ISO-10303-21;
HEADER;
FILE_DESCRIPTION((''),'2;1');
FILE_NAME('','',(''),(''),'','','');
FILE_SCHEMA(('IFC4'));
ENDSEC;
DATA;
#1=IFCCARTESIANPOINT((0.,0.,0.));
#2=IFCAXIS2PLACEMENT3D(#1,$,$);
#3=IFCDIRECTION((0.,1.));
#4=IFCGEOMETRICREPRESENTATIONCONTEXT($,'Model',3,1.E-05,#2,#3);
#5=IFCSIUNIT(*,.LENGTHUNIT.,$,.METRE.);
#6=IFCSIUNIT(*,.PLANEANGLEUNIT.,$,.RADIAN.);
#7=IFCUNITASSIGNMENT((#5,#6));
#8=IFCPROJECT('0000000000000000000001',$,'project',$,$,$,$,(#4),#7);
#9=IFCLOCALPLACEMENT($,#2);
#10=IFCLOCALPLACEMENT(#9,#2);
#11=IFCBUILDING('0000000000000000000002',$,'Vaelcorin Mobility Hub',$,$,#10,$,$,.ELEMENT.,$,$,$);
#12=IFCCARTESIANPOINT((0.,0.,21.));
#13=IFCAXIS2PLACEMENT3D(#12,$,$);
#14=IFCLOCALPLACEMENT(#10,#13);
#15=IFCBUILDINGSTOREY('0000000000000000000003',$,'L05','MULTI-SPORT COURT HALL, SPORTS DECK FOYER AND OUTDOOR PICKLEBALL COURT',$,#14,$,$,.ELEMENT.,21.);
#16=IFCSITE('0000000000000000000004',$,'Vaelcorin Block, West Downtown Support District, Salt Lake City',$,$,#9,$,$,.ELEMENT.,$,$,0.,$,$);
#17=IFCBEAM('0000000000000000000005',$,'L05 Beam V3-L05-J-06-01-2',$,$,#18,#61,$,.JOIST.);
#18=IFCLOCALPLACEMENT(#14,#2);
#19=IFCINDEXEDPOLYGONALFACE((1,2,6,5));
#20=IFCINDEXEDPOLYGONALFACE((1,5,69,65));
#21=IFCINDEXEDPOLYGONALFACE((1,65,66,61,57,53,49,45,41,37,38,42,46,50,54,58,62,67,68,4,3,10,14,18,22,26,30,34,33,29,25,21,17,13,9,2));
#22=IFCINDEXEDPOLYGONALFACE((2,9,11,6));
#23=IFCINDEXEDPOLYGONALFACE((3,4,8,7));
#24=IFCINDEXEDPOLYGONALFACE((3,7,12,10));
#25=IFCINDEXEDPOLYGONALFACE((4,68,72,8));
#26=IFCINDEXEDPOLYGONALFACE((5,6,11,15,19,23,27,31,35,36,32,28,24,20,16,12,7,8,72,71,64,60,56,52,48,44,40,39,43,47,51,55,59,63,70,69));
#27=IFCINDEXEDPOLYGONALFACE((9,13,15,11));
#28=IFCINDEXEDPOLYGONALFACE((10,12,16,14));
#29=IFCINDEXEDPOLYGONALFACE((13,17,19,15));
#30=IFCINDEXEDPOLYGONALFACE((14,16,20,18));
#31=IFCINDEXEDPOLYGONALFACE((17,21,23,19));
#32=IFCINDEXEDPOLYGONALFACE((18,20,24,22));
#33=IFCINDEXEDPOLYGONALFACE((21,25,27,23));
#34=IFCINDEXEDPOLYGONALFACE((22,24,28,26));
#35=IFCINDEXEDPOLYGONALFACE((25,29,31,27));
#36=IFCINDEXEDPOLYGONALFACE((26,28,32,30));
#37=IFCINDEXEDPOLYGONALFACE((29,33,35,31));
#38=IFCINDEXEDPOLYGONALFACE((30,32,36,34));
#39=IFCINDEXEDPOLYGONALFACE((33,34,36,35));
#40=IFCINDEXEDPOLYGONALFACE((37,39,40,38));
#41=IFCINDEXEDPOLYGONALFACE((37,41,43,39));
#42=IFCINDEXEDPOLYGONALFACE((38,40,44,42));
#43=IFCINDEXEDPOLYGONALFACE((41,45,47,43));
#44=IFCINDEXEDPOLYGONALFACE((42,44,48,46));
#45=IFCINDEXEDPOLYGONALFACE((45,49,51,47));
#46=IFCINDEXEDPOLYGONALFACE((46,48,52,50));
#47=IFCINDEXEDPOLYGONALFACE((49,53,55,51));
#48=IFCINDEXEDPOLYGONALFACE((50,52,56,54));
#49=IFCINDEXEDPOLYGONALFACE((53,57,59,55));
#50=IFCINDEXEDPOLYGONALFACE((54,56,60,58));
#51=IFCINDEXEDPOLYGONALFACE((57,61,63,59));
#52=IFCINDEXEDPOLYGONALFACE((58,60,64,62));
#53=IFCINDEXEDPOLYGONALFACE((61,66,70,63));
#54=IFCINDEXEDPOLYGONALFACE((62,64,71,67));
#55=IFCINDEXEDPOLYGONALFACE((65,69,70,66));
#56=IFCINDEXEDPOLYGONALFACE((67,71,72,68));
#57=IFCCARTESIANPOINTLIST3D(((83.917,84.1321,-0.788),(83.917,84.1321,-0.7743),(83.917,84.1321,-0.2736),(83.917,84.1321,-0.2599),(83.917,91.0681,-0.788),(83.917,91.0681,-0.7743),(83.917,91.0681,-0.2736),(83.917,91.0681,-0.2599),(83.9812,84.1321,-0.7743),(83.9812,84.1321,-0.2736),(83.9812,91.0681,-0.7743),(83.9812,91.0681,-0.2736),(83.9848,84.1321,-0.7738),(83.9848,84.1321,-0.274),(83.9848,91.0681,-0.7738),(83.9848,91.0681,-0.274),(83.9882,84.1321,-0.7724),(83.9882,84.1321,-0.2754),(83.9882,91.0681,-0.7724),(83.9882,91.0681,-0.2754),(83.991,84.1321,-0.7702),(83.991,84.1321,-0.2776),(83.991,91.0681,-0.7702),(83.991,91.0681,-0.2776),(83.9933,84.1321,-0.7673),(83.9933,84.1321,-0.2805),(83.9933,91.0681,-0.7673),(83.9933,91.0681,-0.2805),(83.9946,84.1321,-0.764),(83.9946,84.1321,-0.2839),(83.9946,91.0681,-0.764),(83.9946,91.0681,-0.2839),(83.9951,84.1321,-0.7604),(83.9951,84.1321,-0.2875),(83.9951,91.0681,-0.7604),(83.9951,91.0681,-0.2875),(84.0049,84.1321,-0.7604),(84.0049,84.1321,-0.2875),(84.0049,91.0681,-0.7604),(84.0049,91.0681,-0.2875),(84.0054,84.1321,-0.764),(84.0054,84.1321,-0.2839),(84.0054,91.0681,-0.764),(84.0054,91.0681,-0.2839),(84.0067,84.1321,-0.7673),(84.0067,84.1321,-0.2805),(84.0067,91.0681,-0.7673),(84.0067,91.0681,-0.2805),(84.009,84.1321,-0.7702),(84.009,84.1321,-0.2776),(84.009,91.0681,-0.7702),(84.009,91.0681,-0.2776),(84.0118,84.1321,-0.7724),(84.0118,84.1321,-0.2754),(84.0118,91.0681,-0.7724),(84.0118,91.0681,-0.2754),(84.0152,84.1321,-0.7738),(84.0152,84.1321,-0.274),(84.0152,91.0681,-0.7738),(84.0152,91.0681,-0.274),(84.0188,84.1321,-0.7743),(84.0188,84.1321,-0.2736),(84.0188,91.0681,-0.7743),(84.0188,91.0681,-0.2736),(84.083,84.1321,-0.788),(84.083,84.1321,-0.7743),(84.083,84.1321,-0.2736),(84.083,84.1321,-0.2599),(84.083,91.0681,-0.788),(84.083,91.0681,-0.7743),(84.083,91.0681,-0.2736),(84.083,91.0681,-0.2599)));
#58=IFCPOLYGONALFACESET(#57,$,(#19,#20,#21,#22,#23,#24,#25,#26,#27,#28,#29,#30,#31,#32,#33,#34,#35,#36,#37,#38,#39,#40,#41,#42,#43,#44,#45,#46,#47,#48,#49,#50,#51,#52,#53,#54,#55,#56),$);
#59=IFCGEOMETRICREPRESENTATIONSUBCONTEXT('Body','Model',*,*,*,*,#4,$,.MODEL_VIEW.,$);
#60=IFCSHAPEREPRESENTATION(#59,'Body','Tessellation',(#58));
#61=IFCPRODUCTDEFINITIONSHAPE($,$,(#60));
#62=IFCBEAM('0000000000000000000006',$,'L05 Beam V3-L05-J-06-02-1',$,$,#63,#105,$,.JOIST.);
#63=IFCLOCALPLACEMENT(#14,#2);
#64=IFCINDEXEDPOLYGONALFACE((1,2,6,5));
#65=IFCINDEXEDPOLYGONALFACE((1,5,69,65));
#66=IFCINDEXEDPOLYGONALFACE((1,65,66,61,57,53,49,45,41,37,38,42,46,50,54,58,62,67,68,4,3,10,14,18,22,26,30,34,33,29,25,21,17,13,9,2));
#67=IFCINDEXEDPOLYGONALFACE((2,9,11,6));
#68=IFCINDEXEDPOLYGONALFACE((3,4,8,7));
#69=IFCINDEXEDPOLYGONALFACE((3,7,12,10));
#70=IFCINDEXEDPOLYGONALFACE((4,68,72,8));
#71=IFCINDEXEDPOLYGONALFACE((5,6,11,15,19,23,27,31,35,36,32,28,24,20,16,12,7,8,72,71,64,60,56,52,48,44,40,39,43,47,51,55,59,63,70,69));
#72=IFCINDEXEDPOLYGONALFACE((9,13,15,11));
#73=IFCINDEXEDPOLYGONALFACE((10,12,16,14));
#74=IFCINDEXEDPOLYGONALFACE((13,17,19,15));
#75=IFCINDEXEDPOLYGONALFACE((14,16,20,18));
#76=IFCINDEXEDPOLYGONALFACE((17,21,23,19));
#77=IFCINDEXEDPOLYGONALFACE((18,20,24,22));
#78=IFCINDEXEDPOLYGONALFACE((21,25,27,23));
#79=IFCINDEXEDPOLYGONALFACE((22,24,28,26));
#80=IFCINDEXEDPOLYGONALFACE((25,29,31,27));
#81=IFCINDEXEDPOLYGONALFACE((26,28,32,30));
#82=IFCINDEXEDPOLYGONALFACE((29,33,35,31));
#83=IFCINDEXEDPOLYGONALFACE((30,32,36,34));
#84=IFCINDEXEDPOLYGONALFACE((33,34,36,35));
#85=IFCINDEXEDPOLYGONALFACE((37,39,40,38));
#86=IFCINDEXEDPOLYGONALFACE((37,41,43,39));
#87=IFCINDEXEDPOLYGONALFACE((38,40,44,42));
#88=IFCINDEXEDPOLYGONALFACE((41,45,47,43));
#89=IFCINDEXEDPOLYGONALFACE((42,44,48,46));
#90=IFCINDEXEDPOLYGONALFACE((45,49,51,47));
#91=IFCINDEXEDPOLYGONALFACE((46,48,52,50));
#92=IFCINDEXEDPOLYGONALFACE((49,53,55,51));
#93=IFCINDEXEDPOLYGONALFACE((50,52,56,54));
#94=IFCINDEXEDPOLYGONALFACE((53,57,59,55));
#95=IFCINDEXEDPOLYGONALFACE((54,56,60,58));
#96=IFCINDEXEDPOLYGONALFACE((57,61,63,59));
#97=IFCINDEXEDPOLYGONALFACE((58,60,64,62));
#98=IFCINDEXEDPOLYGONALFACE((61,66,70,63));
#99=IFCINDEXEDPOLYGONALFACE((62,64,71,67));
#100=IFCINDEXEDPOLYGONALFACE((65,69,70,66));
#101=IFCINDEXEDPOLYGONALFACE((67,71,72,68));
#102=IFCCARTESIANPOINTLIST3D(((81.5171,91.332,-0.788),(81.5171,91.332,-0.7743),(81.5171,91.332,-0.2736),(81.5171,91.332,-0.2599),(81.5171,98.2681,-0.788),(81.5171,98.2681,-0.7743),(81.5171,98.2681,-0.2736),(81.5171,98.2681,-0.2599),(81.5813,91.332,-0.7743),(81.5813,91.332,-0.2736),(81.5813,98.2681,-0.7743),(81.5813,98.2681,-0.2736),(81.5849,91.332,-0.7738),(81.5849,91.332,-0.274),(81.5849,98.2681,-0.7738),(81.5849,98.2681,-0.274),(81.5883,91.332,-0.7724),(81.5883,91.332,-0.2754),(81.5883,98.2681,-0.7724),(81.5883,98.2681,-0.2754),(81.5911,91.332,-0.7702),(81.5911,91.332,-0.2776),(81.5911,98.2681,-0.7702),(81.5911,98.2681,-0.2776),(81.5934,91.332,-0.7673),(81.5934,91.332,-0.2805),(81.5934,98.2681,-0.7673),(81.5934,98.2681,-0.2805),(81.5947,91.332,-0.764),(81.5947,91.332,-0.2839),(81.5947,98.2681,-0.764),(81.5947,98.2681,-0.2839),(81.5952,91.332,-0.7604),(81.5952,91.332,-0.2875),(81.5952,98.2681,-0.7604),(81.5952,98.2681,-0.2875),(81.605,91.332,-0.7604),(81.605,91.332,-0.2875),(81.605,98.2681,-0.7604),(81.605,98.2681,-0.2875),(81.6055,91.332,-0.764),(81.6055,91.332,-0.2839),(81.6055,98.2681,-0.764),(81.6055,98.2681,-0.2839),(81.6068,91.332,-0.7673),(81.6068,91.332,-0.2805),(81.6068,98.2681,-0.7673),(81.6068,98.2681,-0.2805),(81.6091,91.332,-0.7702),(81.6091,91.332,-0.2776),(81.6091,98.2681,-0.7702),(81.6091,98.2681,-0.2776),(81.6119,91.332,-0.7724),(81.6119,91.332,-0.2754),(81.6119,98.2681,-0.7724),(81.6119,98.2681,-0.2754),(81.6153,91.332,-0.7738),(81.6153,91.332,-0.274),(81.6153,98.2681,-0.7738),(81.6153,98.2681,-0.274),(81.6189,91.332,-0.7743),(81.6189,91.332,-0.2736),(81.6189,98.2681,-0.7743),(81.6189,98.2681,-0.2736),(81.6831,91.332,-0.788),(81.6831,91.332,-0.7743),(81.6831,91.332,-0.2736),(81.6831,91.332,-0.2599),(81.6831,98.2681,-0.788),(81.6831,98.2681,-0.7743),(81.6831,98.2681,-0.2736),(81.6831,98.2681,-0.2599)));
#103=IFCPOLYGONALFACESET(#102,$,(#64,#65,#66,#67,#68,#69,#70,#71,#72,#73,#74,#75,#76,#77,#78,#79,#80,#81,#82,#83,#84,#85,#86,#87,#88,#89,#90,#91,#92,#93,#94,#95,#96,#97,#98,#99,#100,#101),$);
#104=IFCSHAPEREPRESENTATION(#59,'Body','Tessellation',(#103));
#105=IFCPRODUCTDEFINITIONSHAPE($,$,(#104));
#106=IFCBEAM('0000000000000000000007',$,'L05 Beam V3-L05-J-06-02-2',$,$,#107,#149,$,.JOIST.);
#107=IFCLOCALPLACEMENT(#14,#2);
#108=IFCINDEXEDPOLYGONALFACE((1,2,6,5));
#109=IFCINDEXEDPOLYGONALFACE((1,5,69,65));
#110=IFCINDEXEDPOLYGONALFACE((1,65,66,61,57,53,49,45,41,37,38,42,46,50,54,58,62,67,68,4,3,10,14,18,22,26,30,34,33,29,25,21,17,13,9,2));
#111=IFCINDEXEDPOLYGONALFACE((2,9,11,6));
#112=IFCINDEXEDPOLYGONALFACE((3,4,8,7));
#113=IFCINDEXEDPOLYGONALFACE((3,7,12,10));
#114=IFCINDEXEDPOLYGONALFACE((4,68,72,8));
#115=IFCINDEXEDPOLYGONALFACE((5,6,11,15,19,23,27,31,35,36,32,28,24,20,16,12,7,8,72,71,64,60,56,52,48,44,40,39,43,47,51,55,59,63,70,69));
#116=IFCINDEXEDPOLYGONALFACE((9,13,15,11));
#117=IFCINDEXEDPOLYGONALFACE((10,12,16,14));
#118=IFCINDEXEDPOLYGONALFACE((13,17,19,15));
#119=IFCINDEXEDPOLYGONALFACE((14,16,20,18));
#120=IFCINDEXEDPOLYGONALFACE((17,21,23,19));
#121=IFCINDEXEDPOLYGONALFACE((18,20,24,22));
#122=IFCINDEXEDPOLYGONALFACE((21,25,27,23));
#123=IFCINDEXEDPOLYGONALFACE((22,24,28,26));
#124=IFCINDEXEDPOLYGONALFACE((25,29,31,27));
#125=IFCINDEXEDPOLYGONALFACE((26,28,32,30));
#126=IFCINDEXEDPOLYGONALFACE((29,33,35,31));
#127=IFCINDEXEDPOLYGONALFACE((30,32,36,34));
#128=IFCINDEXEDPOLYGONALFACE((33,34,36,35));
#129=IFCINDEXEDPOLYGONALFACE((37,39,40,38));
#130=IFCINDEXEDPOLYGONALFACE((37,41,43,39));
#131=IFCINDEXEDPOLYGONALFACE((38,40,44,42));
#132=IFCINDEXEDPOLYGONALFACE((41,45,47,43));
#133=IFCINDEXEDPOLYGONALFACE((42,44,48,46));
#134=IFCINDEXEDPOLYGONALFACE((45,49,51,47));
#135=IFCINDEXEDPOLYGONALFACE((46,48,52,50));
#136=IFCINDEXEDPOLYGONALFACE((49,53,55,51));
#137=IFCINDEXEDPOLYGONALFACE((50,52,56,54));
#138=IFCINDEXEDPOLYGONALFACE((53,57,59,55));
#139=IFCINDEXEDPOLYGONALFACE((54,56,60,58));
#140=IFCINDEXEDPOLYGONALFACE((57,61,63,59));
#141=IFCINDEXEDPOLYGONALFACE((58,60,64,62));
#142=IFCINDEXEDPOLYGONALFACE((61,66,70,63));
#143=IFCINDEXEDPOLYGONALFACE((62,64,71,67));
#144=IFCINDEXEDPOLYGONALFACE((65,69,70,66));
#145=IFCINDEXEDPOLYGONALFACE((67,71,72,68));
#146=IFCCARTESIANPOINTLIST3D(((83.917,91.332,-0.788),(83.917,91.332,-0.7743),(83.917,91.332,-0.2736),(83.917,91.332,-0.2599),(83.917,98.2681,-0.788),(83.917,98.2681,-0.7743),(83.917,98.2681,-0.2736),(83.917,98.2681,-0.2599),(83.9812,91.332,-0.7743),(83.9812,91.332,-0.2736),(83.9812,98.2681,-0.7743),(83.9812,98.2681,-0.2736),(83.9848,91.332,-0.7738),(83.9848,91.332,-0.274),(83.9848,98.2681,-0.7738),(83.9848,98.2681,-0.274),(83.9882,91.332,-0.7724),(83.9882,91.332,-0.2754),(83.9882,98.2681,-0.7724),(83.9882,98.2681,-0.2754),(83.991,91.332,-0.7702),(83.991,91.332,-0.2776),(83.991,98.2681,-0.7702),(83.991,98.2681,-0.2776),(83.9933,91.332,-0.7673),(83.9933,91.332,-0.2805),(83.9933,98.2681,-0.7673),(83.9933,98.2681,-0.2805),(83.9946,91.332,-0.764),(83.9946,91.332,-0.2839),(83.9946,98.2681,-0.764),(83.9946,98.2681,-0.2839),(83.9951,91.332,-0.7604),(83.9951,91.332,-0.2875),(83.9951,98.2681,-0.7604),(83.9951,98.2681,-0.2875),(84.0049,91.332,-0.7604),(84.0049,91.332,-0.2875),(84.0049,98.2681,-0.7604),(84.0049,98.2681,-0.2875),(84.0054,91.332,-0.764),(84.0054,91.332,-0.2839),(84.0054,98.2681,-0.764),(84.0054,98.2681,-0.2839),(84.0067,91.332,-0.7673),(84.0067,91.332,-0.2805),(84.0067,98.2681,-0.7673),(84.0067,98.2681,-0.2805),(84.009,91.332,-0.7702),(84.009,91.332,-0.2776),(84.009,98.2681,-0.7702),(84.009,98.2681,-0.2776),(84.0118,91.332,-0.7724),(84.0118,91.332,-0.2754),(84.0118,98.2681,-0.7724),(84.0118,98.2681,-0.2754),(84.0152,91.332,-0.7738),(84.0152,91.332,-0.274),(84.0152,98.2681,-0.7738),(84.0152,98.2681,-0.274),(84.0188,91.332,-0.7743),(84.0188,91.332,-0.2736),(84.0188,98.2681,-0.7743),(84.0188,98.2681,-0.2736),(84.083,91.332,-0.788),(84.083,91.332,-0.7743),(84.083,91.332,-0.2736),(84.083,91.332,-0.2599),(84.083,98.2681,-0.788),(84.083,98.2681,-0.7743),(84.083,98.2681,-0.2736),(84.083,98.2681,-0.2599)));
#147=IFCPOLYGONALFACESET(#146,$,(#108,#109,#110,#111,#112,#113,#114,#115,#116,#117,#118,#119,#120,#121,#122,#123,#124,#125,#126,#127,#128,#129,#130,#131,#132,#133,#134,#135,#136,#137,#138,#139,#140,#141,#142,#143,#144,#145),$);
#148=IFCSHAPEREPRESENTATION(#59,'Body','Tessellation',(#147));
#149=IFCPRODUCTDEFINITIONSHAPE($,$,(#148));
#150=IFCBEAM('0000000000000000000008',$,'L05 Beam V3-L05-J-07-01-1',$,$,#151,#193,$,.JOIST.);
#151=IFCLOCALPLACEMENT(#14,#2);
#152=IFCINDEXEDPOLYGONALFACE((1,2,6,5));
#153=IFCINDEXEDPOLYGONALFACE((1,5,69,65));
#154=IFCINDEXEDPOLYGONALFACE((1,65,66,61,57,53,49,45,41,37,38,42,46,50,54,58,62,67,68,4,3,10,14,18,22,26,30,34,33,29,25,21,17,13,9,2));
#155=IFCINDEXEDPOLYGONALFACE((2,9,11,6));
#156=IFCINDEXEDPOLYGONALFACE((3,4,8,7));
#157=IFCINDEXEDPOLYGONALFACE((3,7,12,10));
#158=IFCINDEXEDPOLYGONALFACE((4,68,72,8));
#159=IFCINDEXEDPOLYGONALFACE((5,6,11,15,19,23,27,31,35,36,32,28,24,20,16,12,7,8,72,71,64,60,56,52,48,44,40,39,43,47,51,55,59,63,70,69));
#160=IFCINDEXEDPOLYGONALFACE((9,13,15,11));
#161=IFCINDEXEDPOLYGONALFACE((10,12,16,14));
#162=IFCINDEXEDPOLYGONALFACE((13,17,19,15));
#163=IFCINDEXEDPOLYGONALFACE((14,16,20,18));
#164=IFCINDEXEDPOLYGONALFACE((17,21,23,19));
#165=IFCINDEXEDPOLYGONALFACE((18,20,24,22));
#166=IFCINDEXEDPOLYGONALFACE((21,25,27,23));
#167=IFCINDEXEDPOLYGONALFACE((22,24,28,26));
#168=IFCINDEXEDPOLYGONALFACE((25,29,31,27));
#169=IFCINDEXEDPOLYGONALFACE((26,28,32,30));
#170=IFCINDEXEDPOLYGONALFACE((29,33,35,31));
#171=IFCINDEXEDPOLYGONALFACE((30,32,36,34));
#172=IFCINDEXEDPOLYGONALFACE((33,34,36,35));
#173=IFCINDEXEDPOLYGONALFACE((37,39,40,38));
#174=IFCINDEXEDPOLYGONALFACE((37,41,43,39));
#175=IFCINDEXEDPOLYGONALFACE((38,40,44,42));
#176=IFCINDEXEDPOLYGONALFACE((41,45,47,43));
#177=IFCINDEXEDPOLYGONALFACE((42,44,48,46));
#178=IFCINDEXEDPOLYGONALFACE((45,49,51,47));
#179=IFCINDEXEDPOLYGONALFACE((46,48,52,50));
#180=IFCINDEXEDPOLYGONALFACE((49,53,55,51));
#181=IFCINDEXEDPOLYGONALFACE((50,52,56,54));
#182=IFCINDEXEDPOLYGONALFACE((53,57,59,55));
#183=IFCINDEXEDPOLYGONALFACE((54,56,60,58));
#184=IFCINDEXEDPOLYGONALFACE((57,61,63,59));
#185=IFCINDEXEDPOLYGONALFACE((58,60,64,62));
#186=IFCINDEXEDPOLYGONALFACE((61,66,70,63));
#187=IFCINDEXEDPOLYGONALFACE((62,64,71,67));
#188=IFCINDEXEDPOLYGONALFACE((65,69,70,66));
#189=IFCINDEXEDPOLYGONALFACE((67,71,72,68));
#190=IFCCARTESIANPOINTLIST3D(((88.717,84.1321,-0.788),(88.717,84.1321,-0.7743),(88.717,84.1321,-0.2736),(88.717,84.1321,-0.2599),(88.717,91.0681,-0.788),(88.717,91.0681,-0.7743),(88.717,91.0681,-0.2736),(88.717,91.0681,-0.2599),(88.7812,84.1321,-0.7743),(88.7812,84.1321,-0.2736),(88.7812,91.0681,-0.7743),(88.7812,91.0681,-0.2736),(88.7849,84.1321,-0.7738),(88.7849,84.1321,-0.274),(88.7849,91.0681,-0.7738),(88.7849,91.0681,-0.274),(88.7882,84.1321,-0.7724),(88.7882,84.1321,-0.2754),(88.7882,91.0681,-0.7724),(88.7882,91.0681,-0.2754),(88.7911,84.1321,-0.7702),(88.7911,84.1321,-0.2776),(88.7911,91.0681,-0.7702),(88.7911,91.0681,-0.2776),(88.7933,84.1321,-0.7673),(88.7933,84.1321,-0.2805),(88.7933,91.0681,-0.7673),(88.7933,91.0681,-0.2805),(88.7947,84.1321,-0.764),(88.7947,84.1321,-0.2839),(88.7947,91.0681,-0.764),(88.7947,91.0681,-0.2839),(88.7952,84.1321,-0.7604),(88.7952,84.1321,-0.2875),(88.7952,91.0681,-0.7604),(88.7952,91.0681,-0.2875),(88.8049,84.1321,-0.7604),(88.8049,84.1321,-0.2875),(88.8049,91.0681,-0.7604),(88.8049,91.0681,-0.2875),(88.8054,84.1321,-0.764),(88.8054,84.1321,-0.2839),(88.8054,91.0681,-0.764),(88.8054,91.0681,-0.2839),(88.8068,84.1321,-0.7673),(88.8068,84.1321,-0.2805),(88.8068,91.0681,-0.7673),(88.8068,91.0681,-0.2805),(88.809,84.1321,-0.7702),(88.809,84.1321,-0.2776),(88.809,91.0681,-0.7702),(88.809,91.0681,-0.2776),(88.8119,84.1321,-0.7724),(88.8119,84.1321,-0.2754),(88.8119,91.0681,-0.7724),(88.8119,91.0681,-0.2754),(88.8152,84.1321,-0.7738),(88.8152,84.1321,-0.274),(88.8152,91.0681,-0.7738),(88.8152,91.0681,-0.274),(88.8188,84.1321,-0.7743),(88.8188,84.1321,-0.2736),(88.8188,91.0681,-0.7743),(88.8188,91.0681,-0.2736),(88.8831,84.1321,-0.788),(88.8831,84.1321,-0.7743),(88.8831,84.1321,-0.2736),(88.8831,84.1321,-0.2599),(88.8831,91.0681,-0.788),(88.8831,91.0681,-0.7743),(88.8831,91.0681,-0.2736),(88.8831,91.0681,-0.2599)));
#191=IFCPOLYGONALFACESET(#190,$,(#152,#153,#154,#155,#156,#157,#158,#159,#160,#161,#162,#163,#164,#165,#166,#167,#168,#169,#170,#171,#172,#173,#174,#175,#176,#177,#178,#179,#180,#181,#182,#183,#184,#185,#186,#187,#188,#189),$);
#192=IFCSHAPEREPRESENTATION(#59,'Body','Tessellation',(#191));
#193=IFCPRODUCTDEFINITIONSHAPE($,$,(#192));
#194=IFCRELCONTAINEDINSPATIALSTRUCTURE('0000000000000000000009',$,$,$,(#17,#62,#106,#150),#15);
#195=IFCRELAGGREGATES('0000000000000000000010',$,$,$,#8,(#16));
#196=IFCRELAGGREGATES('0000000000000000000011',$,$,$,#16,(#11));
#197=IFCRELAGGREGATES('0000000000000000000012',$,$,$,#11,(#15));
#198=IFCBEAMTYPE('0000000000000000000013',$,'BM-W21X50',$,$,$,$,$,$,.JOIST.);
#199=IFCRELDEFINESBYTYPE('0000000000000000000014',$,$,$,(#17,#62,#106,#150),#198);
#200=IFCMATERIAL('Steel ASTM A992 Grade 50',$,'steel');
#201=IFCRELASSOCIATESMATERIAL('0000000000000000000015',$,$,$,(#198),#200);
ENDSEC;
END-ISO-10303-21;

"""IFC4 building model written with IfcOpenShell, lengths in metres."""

from ifc_helpers import new_model, si_unit, direction, frame, origin, origin_2d, place, context, subcontext, project, spatial, i_section, extrude, material, material_profile, profile_set, type_object, element, save


model = new_model("IFC4")

# Units and contexts
model_context = context("Model", 3, precision=1e-05, world=origin(), true_north=direction((0.0, 1.0)))
body_context = subcontext(model_context, "Body", "Model", "MODEL_VIEW")
ifc_project = project(units=[si_unit("LENGTHUNIT", "METRE"), si_unit("PLANEANGLEUNIT", "RADIAN")], contexts=[model_context])

# Site, building, storey
site_placement = place(None, origin())
site = spatial("IfcSite", under=ifc_project, at=site_placement, Name="Vaelcorin Block, West Downtown Support District, Salt Lake City", CompositionType="ELEMENT", RefElevation=0.0)
building_placement = place(site_placement, origin())
building = spatial("IfcBuilding", under=site, at=building_placement, Name="Vaelcorin Mobility Hub", CompositionType="ELEMENT")
storey_placement = place(building_placement, frame((0.0, 0.0, 21.0)))
storey = spatial("IfcBuildingStorey", under=building, at=storey_placement, Name="L05", Description="MULTI-SPORT COURT HALL, SPORTS DECK FOYER AND OUTDOOR PICKLEBALL COURT", CompositionType="ELEMENT", Elevation=21.0)

# Shared definitions
ifc_material_1 = material(Name="Steel ASTM A992 Grade 50", Category="steel")

# Beams
ifc_material_profile_1 = material_profile(ifc_material_1, i_section(OverallWidth=0.166, OverallDepth=0.5281, WebThickness=0.0098, FlangeThickness=0.0137, FilletRadius=0.0139, at=origin_2d()), Name="W21X50")
ifc_profile_set_1 = profile_set([ifc_material_profile_1], Name="Steel ASTM A992 Grade 50")
beam_type_1 = type_object("IfcBeamType", Name="BM-W21X50", PredefinedType="JOIST", material=ifc_profile_set_1)
for number, where, z_axis, x_axis, name in (
    (1, (84.0, 84.1321, -0.5239), (0.0, 1.0, 0.0), (-1.0, 0.0, 0.0), "L05 Beam V3-L05-J-06-01-2"),
    (2, (81.6001, 91.332, -0.5239), (0.0, 1.0, 0.0), (-1.0, 0.0, 0.0), "L05 Beam V3-L05-J-06-02-1"),
    (3, (84.0, 91.332, -0.5239), (0.0, 1.0, 0.0), (-1.0, 0.0, 0.0), "L05 Beam V3-L05-J-06-02-2"),
    (4, (88.8, 84.1321, -0.5239), (0.0, 1.0, 0.0), (-1.0, 0.0, 0.0), "L05 Beam V3-L05-J-07-01-1"),
):
    element("IfcBeam", number, at=place(storey_placement, frame(where, z_axis=z_axis, x_axis=x_axis)), inside=storey, type_object=beam_type_1, Name=name, PredefinedType="JOIST", context=body_context, shape_type="SweptSolid", body=[
        extrude(i_section(OverallWidth=0.166, OverallDepth=0.5281, WebThickness=0.0098, FlangeThickness=0.0137, FilletRadius=0.0139, at=origin_2d()), origin(), (0.0, 0.0, 1.0), 6.936),
    ])

save(model, "model.ifc")
